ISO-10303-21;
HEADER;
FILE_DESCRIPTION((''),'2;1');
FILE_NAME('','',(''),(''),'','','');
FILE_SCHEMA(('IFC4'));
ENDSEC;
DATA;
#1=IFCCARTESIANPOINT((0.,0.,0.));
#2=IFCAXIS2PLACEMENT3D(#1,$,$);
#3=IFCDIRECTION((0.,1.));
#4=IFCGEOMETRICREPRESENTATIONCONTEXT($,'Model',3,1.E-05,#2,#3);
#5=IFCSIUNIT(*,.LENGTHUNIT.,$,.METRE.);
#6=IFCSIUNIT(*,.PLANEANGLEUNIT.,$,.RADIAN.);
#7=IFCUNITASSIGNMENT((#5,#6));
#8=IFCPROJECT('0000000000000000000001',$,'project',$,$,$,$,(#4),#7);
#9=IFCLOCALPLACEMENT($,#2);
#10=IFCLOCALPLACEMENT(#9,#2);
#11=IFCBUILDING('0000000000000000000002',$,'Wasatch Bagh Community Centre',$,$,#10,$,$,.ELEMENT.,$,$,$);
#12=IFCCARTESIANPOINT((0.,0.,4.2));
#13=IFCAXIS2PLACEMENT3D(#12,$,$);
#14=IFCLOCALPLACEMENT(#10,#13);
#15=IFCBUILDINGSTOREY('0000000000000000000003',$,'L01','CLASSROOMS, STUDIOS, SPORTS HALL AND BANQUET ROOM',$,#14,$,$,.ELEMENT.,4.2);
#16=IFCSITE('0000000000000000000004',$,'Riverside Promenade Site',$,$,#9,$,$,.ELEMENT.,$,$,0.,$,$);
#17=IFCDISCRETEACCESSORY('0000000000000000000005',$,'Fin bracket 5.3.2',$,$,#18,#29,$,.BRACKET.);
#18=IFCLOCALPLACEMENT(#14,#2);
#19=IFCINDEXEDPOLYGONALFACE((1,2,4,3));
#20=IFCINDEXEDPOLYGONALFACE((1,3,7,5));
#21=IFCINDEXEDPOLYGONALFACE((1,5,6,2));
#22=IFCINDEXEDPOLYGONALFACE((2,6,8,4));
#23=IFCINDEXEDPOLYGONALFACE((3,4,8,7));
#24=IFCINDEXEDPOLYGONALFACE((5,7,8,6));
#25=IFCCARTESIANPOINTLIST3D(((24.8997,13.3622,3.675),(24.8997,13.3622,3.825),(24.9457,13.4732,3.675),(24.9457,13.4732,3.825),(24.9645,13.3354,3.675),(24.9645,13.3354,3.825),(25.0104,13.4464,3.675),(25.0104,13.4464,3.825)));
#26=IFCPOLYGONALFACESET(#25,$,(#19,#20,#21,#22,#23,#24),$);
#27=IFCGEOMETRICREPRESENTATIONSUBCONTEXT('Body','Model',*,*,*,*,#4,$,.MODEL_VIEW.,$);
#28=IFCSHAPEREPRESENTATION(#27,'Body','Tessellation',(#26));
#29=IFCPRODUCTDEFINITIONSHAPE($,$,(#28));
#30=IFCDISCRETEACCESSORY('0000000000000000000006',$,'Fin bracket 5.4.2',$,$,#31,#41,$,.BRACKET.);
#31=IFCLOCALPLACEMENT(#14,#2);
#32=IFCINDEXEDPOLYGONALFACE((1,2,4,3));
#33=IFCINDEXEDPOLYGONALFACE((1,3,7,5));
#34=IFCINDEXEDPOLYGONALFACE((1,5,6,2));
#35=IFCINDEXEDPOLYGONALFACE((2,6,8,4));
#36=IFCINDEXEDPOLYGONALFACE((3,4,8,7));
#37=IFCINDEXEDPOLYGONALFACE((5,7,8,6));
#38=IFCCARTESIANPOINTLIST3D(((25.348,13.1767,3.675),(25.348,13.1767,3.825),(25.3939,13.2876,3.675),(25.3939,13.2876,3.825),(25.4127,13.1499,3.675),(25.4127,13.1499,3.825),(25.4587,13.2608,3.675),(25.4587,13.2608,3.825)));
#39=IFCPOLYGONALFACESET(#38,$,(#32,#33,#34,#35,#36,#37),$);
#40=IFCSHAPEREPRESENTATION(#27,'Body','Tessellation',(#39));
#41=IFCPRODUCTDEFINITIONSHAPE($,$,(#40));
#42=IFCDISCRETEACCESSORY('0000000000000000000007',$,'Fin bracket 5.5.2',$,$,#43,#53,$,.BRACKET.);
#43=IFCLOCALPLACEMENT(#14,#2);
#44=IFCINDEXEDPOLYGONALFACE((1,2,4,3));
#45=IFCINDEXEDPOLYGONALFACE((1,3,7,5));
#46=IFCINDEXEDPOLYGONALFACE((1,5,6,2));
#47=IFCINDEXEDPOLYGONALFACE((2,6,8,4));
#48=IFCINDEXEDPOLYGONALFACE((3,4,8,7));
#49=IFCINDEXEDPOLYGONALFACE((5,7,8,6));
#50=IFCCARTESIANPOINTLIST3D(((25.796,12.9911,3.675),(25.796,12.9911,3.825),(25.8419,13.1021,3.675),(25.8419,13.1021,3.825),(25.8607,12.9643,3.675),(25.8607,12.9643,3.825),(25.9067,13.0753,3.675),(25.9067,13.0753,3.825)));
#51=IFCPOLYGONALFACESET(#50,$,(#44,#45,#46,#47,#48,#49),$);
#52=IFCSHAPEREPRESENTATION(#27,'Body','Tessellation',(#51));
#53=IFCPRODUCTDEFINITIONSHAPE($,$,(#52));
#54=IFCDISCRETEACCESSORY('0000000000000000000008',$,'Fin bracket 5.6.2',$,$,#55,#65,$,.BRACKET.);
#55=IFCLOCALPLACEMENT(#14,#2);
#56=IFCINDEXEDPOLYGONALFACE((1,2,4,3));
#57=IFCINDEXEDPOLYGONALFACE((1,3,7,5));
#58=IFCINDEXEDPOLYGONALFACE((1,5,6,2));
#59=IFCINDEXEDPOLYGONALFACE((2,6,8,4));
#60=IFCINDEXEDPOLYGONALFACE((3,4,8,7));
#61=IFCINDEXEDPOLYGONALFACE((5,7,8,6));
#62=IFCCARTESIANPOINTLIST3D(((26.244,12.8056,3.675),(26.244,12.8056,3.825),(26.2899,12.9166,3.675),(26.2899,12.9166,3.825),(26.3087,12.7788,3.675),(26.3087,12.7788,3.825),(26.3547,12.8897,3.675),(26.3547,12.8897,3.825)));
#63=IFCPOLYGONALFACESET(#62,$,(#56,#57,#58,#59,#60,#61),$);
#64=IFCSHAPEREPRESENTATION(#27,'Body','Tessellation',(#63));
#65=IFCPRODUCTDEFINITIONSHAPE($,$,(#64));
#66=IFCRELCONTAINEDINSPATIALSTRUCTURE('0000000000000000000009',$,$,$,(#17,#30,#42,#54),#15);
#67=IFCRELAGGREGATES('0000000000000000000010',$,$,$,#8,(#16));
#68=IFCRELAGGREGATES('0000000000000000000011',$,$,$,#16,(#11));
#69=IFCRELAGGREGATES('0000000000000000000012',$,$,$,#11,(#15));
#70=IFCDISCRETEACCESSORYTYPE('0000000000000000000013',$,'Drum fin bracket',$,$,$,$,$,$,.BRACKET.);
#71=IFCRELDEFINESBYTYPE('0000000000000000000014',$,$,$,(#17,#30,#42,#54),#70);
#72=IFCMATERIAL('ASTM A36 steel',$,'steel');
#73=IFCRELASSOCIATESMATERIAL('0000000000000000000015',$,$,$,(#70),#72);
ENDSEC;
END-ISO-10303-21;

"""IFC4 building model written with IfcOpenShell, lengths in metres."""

from ifc_helpers import new_model, si_unit, direction, frame, origin, origin_2d, place, context, subcontext, project, spatial, rectangle, extrude, material, type_object, element, save


model = new_model("IFC4")

# Units and contexts
model_context = context("Model", 3, precision=1e-05, world=origin(), true_north=direction((0.0, 1.0)))
body_context = subcontext(model_context, "Body", "Model", "MODEL_VIEW")
ifc_project = project(units=[si_unit("LENGTHUNIT", "METRE"), si_unit("PLANEANGLEUNIT", "RADIAN")], contexts=[model_context])

# Site, building, storey
site_placement = place(None, origin())
site = spatial("IfcSite", under=ifc_project, at=site_placement, Name="Riverside Promenade Site", CompositionType="ELEMENT", RefElevation=0.0)
building_placement = place(site_placement, origin())
building = spatial("IfcBuilding", under=site, at=building_placement, Name="Wasatch Bagh Community Centre", CompositionType="ELEMENT")
storey_placement = place(building_placement, frame((0.0, 0.0, 4.2)))
storey = spatial("IfcBuildingStorey", under=building, at=storey_placement, Name="L01", Description="CLASSROOMS, STUDIOS, SPORTS HALL AND BANQUET ROOM", CompositionType="ELEMENT", Elevation=4.2)

# Discrete accessories
ifc_material_1 = material(Name="ASTM A36 steel", Category="steel")
discrete_accessory_type = type_object("IfcDiscreteAccessoryType", Name="Drum fin bracket", PredefinedType="BRACKET", material=ifc_material_1)
for number, where, z_axis, x_axis, name in (
    (1, (24.9551, 13.4043, 3.675), (0.0, 0.0, 1.0), (0.92388, -0.382683, 0.0), "Fin bracket 5.3.2"),
    (2, (25.4033, 13.2188, 3.675), (0.0, 0.0, 1.0), (0.92388, -0.382683, 0.0), "Fin bracket 5.4.2"),
    (3, (25.8513, 13.0332, 3.675), (0.0, 0.0, 1.0), (0.92388, -0.382683, 0.0), "Fin bracket 5.5.2"),
    (4, (26.2993, 12.8477, 3.675), (0.0, 0.0, 1.0), (0.92388, -0.382683, 0.0), "Fin bracket 5.6.2"),
):
    element("IfcDiscreteAccessory", number, at=place(storey_placement, frame(where, z_axis=z_axis, x_axis=x_axis)), inside=storey, type_object=discrete_accessory_type, Name=name, PredefinedType="BRACKET", context=body_context, shape_type="SweptSolid", body=[
        extrude(rectangle(XDim=0.0701, YDim=0.1201, at=origin_2d()), origin(), (0.0, 0.0, 1.0), 0.1499),
    ])

save(model, "model.ifc")
